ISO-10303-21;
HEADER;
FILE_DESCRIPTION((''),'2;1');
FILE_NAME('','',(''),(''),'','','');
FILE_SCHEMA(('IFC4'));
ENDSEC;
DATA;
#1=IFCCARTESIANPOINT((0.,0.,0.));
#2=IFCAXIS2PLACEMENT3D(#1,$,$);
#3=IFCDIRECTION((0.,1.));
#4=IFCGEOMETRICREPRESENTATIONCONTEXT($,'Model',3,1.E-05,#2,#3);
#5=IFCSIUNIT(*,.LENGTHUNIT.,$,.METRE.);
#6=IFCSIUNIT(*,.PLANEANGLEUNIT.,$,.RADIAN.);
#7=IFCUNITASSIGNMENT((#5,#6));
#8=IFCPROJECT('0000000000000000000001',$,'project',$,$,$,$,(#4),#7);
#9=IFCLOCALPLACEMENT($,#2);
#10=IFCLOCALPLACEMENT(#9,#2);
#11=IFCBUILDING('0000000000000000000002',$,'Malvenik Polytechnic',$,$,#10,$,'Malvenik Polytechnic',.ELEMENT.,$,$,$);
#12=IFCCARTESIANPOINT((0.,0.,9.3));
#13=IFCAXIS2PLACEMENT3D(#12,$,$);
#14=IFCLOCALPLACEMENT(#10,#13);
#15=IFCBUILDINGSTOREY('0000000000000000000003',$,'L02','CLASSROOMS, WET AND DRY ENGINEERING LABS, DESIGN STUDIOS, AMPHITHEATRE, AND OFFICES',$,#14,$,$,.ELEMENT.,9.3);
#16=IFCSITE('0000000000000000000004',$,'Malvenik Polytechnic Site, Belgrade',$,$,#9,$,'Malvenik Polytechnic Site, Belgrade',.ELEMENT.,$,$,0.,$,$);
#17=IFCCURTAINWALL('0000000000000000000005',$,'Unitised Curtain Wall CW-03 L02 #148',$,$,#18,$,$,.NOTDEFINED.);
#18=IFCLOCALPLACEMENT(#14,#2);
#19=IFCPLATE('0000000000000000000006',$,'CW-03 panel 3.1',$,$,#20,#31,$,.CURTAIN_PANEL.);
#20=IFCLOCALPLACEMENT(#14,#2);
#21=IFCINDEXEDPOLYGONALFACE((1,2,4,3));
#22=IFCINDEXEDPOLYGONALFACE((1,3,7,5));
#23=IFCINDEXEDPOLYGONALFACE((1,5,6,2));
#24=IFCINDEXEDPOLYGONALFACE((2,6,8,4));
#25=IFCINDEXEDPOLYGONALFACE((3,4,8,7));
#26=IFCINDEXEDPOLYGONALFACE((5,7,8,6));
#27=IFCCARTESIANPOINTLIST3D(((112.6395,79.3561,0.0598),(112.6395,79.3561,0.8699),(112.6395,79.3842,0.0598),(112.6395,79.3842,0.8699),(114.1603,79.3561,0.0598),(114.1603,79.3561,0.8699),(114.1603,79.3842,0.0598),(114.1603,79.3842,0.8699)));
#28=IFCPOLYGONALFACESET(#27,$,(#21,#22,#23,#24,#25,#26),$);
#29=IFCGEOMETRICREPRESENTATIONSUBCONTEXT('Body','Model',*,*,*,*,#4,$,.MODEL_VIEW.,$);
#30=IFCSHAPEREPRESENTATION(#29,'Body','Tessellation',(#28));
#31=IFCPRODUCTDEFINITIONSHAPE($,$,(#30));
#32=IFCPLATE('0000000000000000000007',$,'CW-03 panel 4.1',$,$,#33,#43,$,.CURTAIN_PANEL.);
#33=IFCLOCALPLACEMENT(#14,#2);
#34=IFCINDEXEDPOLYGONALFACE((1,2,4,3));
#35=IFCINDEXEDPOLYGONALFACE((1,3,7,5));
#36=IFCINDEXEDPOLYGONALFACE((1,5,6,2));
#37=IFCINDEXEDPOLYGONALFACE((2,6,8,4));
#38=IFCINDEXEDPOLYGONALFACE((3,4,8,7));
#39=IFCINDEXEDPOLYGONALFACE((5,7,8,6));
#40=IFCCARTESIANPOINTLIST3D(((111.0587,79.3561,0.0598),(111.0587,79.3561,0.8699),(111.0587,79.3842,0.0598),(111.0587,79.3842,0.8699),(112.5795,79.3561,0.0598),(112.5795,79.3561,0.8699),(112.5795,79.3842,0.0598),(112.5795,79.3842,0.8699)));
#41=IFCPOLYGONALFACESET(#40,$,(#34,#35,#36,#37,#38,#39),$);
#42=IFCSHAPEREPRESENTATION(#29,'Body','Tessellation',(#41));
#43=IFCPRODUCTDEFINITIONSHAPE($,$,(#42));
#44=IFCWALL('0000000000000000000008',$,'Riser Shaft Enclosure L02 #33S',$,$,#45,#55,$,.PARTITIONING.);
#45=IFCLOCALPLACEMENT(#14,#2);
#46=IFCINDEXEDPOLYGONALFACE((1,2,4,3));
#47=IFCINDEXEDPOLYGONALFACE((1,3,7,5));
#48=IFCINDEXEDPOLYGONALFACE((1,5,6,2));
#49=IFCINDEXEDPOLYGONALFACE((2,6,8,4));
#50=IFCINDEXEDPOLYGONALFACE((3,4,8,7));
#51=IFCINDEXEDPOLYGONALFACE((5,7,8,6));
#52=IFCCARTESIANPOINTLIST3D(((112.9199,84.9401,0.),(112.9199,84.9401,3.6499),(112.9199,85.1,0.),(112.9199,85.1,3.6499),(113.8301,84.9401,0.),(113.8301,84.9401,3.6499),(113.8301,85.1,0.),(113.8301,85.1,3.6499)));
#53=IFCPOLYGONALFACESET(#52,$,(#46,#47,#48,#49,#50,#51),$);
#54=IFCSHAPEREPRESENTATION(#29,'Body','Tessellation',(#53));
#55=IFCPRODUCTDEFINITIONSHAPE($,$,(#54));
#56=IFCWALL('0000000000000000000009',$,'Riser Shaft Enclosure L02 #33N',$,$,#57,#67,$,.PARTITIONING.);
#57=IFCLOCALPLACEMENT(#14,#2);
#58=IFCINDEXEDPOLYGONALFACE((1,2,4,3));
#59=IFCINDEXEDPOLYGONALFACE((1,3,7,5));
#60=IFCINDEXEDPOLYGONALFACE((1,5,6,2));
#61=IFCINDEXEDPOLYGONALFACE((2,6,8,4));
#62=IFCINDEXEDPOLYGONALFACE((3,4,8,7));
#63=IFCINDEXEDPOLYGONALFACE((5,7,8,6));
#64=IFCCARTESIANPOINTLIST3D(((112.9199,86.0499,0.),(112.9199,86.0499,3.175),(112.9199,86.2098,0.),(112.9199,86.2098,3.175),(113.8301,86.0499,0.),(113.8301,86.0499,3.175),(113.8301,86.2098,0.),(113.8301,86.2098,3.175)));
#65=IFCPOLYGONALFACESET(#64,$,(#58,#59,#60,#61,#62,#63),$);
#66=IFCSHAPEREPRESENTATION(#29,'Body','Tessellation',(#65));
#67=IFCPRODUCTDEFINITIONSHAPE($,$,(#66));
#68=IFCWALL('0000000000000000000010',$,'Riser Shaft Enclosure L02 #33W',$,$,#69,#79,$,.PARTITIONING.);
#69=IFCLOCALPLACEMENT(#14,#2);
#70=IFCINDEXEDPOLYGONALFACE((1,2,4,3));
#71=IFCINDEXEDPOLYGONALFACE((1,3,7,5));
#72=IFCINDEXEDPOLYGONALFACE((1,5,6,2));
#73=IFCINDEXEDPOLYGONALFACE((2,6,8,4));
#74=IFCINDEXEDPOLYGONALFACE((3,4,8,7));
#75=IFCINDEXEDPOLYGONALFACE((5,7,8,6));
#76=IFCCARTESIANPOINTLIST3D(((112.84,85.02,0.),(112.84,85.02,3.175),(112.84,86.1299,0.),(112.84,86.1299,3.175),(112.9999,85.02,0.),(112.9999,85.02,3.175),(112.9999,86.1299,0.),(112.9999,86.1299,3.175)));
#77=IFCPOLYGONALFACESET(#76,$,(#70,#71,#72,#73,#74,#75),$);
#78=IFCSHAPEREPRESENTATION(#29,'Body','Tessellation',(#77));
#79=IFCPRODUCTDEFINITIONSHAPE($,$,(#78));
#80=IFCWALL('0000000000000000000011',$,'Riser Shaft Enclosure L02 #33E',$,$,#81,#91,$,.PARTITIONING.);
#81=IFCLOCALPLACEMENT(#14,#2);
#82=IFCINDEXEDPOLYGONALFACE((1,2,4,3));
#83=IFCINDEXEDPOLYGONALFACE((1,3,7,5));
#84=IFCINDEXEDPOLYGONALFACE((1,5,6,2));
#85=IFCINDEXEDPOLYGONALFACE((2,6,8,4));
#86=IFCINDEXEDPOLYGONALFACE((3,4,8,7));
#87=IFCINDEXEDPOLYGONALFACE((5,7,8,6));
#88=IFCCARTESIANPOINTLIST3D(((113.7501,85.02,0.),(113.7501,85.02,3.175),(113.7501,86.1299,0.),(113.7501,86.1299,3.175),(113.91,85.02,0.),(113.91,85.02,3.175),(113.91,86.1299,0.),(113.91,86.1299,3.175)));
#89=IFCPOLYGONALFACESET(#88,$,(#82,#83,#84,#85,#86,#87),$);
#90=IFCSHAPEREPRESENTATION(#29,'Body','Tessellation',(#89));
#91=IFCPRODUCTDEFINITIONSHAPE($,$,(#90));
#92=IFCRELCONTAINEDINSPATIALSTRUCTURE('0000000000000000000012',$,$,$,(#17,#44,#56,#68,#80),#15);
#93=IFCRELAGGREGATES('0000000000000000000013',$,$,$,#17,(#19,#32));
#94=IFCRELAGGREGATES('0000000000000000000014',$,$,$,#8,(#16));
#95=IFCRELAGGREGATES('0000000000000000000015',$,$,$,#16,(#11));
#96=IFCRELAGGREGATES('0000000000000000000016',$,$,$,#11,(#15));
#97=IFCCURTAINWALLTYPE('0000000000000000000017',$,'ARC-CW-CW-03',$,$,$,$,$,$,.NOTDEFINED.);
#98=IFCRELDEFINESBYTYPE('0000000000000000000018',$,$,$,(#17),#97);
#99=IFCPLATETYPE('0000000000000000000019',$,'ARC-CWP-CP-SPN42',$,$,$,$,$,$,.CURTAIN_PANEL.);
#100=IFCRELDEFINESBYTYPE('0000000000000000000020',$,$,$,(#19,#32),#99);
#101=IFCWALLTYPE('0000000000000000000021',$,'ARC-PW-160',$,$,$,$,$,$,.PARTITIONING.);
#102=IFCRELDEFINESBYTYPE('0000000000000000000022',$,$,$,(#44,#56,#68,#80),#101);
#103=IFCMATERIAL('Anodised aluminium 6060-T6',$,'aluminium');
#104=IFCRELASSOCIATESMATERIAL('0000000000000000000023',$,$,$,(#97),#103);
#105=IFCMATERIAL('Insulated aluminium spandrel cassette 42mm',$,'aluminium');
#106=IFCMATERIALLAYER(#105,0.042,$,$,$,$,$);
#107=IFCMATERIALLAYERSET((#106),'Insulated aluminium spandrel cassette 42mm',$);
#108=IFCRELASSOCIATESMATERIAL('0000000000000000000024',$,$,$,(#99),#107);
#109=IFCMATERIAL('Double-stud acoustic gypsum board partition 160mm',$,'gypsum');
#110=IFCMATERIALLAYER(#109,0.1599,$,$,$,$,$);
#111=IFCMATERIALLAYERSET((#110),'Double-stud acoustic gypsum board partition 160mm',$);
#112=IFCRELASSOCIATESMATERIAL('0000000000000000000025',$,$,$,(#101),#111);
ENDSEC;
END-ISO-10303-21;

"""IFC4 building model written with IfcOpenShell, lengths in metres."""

from ifc_helpers import new_model, si_unit, direction, frame, frame_2d, origin, origin_2d, place, context, subcontext, project, spatial, rectangle, extrude, material, layer, layer_set, type_object, element, aggregate, save


model = new_model("IFC4")

# Units and contexts
model_context = context("Model", 3, precision=1e-05, world=origin(), true_north=direction((0.0, 1.0)))
body_context = subcontext(model_context, "Body", "Model", "MODEL_VIEW")
ifc_project = project(units=[si_unit("LENGTHUNIT", "METRE"), si_unit("PLANEANGLEUNIT", "RADIAN")], contexts=[model_context])

# Site, building, storey
site_placement = place(None, origin())
site = spatial("IfcSite", under=ifc_project, at=site_placement, Name="Malvenik Polytechnic Site, Belgrade", LongName="Malvenik Polytechnic Site, Belgrade", CompositionType="ELEMENT", RefElevation=0.0)
building_placement = place(site_placement, origin())
building = spatial("IfcBuilding", under=site, at=building_placement, Name="Malvenik Polytechnic", LongName="Malvenik Polytechnic", CompositionType="ELEMENT")
storey_placement = place(building_placement, frame((0.0, 0.0, 9.3)))
storey = spatial("IfcBuildingStorey", under=building, at=storey_placement, Name="L02", Description="CLASSROOMS, WET AND DRY ENGINEERING LABS, DESIGN STUDIOS, AMPHITHEATRE, AND OFFICES", CompositionType="ELEMENT", Elevation=9.3)

# Curtain wall
ifc_material_1 = material(Name="Anodised aluminium 6060-T6", Category="aluminium")
curtain_wall_type = type_object("IfcCurtainWallType", Name="ARC-CW-CW-03", PredefinedType="NOTDEFINED", material=ifc_material_1)
curtain_wall_placement = place(storey_placement, origin())
curtain_wall = element("IfcCurtainWall", 1, at=curtain_wall_placement, inside=storey, type_object=curtain_wall_type, Name="Unitised Curtain Wall CW-03 L02 #148", PredefinedType="NOTDEFINED")

# Plates
ifc_material_2 = material(Name="Insulated aluminium spandrel cassette 42mm", Category="aluminium")
ifc_layer_1 = layer(ifc_material_2, 0.042)
ifc_layer_set_1 = layer_set([ifc_layer_1], Name="Insulated aluminium spandrel cassette 42mm")
plate_type_1 = type_object("IfcPlateType", Name="ARC-CWP-CP-SPN42", PredefinedType="CURTAIN_PANEL", material=ifc_layer_set_1)
plate_1_placement = place(storey_placement, frame((113.3999, 79.3701, 0.0598), z_axis=(0.0, 0.0, 1.0), x_axis=(-1.0, 0.0, 0.0)))
plate_1 = element("IfcPlate", 2, at=plate_1_placement, type_object=plate_type_1, Name="CW-03 panel 3.1", PredefinedType="CURTAIN_PANEL", context=body_context, shape_type="SweptSolid", body=[
    extrude(rectangle(XDim=1.5208, YDim=0.0281, at=origin_2d()), origin(), (0.0, 0.0, 1.0), 0.8101),
])
plate_2_placement = place(storey_placement, frame((111.8191, 79.3701, 0.0598), z_axis=(0.0, 0.0, 1.0), x_axis=(-1.0, 0.0, 0.0)))
plate_2 = element("IfcPlate", 3, at=plate_2_placement, type_object=plate_type_1, Name="CW-03 panel 4.1", PredefinedType="CURTAIN_PANEL", context=body_context, shape_type="SweptSolid", body=[
    extrude(rectangle(XDim=1.5208, YDim=0.0281, at=origin_2d()), origin(), (0.0, 0.0, 1.0), 0.8101),
])
aggregate(curtain_wall, [plate_1, plate_2])

# Walls
ifc_material_3 = material(Name="Double-stud acoustic gypsum board partition 160mm", Category="gypsum")
ifc_layer_2 = layer(ifc_material_3, 0.1599)
ifc_layer_set_2 = layer_set([ifc_layer_2], Name="Double-stud acoustic gypsum board partition 160mm")
wall_type = type_object("IfcWallType", Name="ARC-PW-160", PredefinedType="PARTITIONING", material=ifc_layer_set_2)
wall_1_placement = place(storey_placement, frame((112.9199, 85.02, 0.0), z_axis=(0.0, 0.0, 1.0), x_axis=(1.0, 0.0, 0.0)))
element("IfcWall", 4, at=wall_1_placement, inside=storey, type_object=wall_type, Name="Riser Shaft Enclosure L02 #33S", PredefinedType="PARTITIONING", context=body_context, shape_type="SweptSolid", body=[
    extrude(rectangle(XDim=0.9102, YDim=0.1599, at=frame_2d((0.4551, 0.0))), origin(), (0.0, 0.0, 1.0), 3.6499),
])
wall_2_placement = place(storey_placement, frame((113.8301, 86.1299, 0.0), z_axis=(0.0, 0.0, 1.0), x_axis=(-1.0, 0.0, 0.0)))
element("IfcWall", 5, at=wall_2_placement, inside=storey, type_object=wall_type, Name="Riser Shaft Enclosure L02 #33N", PredefinedType="PARTITIONING", context=body_context, shape_type="SweptSolid", body=[
    extrude(rectangle(XDim=0.9102, YDim=0.1599, at=frame_2d((0.4551, 0.0))), origin(), (0.0, 0.0, 1.0), 3.175),
])
for number, where, z_axis, x_axis, name in (
    (6, (112.9199, 86.1299, 0.0), (0.0, 0.0, 1.0), (0.0, -1.0, 0.0), "Riser Shaft Enclosure L02 #33W"),
    (7, (113.8301, 85.02, 0.0), (0.0, 0.0, 1.0), (0.0, 1.0, 0.0), "Riser Shaft Enclosure L02 #33E"),
):
    element("IfcWall", number, at=place(storey_placement, frame(where, z_axis=z_axis, x_axis=x_axis)), inside=storey, type_object=wall_type, Name=name, PredefinedType="PARTITIONING", context=body_context, shape_type="SweptSolid", body=[
        extrude(rectangle(XDim=1.1099, YDim=0.1599, at=frame_2d((0.5549, 0.0))), origin(), (0.0, 0.0, 1.0), 3.175),
    ])

save(model, "model.ifc")
